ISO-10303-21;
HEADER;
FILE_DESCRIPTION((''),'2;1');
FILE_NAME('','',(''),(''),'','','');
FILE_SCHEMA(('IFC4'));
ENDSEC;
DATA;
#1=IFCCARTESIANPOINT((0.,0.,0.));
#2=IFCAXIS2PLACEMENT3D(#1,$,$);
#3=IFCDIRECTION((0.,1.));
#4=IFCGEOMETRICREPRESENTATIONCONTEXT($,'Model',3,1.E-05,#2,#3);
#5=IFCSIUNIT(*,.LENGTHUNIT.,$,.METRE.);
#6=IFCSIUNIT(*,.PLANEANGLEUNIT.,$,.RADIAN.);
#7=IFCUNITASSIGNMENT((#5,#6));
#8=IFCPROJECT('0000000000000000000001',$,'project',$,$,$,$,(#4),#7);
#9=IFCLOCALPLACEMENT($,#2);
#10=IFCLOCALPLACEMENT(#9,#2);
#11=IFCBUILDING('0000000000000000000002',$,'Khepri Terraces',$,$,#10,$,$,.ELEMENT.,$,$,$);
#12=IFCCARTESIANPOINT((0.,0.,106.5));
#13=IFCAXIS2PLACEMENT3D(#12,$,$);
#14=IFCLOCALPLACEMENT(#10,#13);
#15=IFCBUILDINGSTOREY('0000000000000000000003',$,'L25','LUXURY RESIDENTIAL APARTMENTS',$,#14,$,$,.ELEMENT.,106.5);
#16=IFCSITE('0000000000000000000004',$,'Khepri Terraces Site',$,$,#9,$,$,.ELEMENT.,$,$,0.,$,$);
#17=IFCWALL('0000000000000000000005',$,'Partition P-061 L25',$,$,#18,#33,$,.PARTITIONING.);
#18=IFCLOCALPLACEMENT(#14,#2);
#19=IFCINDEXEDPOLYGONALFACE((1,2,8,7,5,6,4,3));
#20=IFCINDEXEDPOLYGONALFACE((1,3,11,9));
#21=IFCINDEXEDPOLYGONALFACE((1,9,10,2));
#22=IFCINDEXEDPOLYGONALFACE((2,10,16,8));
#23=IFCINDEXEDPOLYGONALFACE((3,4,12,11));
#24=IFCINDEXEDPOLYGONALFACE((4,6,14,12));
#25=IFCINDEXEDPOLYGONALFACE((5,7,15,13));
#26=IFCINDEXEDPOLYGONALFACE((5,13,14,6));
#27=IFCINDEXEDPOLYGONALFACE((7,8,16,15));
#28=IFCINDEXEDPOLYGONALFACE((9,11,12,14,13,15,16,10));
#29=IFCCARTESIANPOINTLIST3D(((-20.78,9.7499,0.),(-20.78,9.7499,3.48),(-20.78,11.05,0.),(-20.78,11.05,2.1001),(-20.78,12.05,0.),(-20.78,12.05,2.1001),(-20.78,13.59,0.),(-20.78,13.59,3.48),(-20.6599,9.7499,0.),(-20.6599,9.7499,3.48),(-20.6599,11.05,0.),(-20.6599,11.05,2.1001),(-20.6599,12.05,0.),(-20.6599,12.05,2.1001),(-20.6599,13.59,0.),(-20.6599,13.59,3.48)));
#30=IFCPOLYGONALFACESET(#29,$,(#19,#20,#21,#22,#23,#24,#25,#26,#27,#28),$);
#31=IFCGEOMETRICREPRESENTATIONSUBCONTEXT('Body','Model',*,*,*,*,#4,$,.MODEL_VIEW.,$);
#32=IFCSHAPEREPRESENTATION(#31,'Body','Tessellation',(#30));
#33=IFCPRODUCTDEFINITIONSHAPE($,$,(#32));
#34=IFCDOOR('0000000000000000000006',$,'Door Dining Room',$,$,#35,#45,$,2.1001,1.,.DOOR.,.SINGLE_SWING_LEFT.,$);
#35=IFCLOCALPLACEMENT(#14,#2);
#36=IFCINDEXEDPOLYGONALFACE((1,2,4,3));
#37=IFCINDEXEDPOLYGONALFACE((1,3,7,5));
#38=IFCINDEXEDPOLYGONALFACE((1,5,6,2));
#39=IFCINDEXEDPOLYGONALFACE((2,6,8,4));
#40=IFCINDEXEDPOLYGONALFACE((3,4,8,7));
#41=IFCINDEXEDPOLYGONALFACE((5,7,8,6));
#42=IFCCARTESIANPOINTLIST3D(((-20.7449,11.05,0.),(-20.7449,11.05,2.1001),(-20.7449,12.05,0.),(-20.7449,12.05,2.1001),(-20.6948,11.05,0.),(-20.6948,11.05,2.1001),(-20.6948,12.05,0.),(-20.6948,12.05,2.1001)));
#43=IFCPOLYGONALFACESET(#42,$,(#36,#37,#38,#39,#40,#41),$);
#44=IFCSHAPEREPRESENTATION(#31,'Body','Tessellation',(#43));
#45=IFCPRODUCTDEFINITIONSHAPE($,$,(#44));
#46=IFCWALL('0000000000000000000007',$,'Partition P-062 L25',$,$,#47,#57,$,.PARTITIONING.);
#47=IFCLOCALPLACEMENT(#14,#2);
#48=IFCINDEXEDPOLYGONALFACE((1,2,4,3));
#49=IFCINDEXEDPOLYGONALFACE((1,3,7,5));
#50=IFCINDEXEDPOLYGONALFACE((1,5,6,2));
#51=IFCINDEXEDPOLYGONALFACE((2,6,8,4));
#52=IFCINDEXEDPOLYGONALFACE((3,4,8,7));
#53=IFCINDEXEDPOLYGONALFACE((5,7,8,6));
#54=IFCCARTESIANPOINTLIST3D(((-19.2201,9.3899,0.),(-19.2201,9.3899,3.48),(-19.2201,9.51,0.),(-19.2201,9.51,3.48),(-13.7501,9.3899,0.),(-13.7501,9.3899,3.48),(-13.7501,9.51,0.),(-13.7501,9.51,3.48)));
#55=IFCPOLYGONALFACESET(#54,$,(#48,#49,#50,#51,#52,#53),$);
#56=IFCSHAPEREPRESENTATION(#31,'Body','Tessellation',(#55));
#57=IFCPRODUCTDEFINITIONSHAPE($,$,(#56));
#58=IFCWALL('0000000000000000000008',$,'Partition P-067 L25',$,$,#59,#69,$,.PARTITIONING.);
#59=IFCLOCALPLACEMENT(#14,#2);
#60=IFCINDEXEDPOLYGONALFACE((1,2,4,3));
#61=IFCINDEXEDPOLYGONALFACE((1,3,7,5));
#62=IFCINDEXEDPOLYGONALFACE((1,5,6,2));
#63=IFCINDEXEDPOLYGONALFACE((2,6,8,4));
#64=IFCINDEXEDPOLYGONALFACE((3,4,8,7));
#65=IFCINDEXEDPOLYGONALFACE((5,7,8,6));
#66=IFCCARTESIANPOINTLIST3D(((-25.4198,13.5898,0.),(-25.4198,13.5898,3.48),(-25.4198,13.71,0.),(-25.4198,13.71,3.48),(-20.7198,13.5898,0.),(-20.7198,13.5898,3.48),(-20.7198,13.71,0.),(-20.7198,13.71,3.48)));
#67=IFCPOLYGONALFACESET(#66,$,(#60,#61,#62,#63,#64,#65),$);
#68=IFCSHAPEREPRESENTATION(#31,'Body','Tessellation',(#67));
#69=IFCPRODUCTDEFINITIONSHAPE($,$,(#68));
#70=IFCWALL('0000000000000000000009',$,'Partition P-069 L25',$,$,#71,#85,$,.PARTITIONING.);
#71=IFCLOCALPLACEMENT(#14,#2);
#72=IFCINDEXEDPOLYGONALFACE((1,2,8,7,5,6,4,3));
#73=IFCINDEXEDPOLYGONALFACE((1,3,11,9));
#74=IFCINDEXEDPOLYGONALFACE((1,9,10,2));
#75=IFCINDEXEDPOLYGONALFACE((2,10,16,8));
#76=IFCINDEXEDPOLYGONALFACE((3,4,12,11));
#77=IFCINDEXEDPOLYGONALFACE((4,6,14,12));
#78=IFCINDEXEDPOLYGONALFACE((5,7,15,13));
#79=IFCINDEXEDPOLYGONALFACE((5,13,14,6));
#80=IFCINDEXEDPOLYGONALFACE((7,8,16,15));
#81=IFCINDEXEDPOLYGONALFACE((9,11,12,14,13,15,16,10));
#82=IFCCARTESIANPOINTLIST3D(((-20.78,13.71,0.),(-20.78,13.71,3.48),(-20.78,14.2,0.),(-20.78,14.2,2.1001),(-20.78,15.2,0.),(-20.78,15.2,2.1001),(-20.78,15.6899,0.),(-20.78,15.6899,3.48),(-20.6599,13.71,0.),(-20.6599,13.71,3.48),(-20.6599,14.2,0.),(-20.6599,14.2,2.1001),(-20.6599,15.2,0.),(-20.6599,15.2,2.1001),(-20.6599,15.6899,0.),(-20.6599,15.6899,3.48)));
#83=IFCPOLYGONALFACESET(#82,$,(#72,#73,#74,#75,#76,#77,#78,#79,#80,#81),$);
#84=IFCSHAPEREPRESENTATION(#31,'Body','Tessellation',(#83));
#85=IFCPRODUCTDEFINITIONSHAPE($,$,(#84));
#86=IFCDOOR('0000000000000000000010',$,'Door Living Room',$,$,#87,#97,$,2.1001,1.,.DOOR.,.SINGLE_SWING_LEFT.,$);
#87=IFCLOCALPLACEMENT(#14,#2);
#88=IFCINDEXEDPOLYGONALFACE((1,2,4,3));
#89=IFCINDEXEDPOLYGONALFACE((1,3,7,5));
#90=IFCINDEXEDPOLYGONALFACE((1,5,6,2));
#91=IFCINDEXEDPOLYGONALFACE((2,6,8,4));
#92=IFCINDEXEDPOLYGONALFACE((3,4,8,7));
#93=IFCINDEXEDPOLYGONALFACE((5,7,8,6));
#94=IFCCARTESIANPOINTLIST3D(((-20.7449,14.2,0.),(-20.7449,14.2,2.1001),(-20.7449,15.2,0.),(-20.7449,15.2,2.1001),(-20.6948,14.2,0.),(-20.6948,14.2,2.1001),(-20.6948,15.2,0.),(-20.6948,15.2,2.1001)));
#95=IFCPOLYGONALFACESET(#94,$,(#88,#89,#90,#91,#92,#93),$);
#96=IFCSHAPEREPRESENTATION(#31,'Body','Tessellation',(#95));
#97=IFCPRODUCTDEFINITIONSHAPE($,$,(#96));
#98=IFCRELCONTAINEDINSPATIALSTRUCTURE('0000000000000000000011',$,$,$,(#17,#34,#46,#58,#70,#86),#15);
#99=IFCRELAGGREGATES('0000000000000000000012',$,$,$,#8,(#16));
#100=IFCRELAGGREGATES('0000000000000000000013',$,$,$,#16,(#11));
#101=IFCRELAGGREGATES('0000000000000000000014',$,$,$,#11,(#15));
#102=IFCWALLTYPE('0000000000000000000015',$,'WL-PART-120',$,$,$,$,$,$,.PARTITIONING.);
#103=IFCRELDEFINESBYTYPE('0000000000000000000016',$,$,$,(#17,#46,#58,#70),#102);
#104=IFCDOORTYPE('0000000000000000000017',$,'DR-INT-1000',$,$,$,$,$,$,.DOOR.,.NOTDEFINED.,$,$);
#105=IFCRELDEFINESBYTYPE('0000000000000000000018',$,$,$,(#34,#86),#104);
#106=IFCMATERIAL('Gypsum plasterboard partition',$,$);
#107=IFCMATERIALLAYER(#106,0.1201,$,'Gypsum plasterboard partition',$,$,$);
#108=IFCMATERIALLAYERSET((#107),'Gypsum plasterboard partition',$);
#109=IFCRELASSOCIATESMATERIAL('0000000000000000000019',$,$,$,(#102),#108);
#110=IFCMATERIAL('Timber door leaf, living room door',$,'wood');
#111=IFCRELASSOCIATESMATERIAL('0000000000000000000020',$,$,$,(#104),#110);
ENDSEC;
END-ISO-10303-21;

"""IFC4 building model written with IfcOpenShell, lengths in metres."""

from ifc_helpers import new_model, si_unit, direction, frame, frame_2d, origin, place, context, subcontext, project, spatial, rectangle, extrude, material, layer, layer_set, type_object, element, fill, save


model = new_model("IFC4")

# Units and contexts
model_context = context("Model", 3, precision=1e-05, world=origin(), true_north=direction((0.0, 1.0)))
body_context = subcontext(model_context, "Body", "Model", "MODEL_VIEW")
ifc_project = project(units=[si_unit("LENGTHUNIT", "METRE"), si_unit("PLANEANGLEUNIT", "RADIAN")], contexts=[model_context])

# Site, building, storey
site_placement = place(None, origin())
site = spatial("IfcSite", under=ifc_project, at=site_placement, Name="Khepri Terraces Site", CompositionType="ELEMENT", RefElevation=0.0)
building_placement = place(site_placement, origin())
building = spatial("IfcBuilding", under=site, at=building_placement, Name="Khepri Terraces", CompositionType="ELEMENT")
storey_placement = place(building_placement, frame((0.0, 0.0, 106.5)))
storey = spatial("IfcBuildingStorey", under=building, at=storey_placement, Name="L25", Description="LUXURY RESIDENTIAL APARTMENTS", CompositionType="ELEMENT", Elevation=106.5)

# Shared definitions
ifc_material_1 = material(Name="Gypsum plasterboard partition")
ifc_layer_1 = layer(ifc_material_1, 0.1201, Name="Gypsum plasterboard partition")
ifc_layer_set_1 = layer_set([ifc_layer_1], Name="Gypsum plasterboard partition")
wall_type_1 = type_object("IfcWallType", Name="WL-PART-120", PredefinedType="PARTITIONING", material=ifc_layer_set_1)

# Wall, opening, door
wall_1_placement = place(storey_placement, frame((-20.72, 9.75, 0.0), z_axis=(0.0, 0.0, 1.0), x_axis=(0.0, 1.0, 0.0)))
wall_1 = element("IfcWall", 1, at=wall_1_placement, inside=storey, type_object=wall_type_1, Name="Partition P-061 L25", PredefinedType="PARTITIONING", context=body_context, shape_type="SweptSolid", body=[
    extrude(rectangle(XDim=3.8401, YDim=0.1201, at=frame_2d((1.9199, 0.0))), origin(), (0.0, 0.0, 1.0), 3.48),
])
opening_1_placement = place(wall_1_placement, frame((1.3, 0.0, 0.0)))
opening_1 = element("IfcOpeningElement", 2, at=opening_1_placement, cuts=wall_1, PredefinedType="OPENING", context=body_context, shape_type="SweptSolid", body=[
    extrude(rectangle(XDim=1.0, YDim=2.1001, at=frame_2d((0.5, 1.05))), frame((0.0, 0.0701, 0.0), z_axis=(0.0, -1.0, 0.0), x_axis=(1.0, 0.0, 0.0)), (0.0, 0.0, 1.0), 0.1401),
])
ifc_material_2 = material(Name="Timber door leaf, living room door", Category="wood")
door_type_1 = type_object("IfcDoorType", Name="DR-INT-1000", OperationType="NOTDEFINED", PredefinedType="DOOR", material=ifc_material_2)
door_1_placement = place(opening_1_placement, origin())
door_1 = element("IfcDoor", 3, at=door_1_placement, inside=storey, type_object=door_type_1, Name="Door Dining Room", OperationType="SINGLE_SWING_LEFT", OverallHeight=2.1001, OverallWidth=1.0, PredefinedType="DOOR", context=body_context, shape_type="SweptSolid", body=[
    extrude(rectangle(XDim=1.0, YDim=2.1001, at=frame_2d((0.5, 1.05))), frame((0.0, 0.0249, 0.0), z_axis=(0.0, -1.0, 0.0), x_axis=(1.0, 0.0, 0.0)), (0.0, 0.0, 1.0), 0.05),
])
fill(opening_1, door_1)

# Walls
wall_2_placement = place(storey_placement, frame((-19.22, 9.45, 0.0), z_axis=(0.0, 0.0, 1.0), x_axis=(1.0, 0.0, 0.0)))
element("IfcWall", 4, at=wall_2_placement, inside=storey, type_object=wall_type_1, Name="Partition P-062 L25", PredefinedType="PARTITIONING", context=body_context, shape_type="SweptSolid", body=[
    extrude(rectangle(XDim=5.47, YDim=0.1201, at=frame_2d((2.7349, 0.0))), origin(), (0.0, 0.0, 1.0), 3.48),
])
wall_3_placement = place(storey_placement, frame((-25.4199, 13.6499, 0.0), z_axis=(0.0, 0.0, 1.0), x_axis=(1.0, 0.0, 0.0)))
element("IfcWall", 5, at=wall_3_placement, inside=storey, type_object=wall_type_1, Name="Partition P-067 L25", PredefinedType="PARTITIONING", context=body_context, shape_type="SweptSolid", body=[
    extrude(rectangle(XDim=4.7, YDim=0.1201, at=frame_2d((2.3501, 0.0))), origin(), (0.0, 0.0, 1.0), 3.48),
])

# Wall, opening, door
wall_4_placement = place(storey_placement, frame((-20.72, 13.71, 0.0), z_axis=(0.0, 0.0, 1.0), x_axis=(0.0, 1.0, 0.0)))
wall_4 = element("IfcWall", 6, at=wall_4_placement, inside=storey, type_object=wall_type_1, Name="Partition P-069 L25", PredefinedType="PARTITIONING", context=body_context, shape_type="SweptSolid", body=[
    extrude(rectangle(XDim=1.98, YDim=0.1201, at=frame_2d((0.99, 0.0))), origin(), (0.0, 0.0, 1.0), 3.48),
])
opening_2_placement = place(wall_4_placement, frame((0.49, 0.0, 0.0)))
opening_2 = element("IfcOpeningElement", 7, at=opening_2_placement, cuts=wall_4, PredefinedType="OPENING", context=body_context, shape_type="SweptSolid", body=[
    extrude(rectangle(XDim=1.0, YDim=2.1001, at=frame_2d((0.5, 1.05))), frame((0.0, 0.0701, 0.0), z_axis=(0.0, -1.0, 0.0), x_axis=(1.0, 0.0, 0.0)), (0.0, 0.0, 1.0), 0.1401),
])
door_2_placement = place(opening_2_placement, origin())
door_2 = element("IfcDoor", 8, at=door_2_placement, inside=storey, type_object=door_type_1, Name="Door Living Room", OperationType="SINGLE_SWING_LEFT", OverallHeight=2.1001, OverallWidth=1.0, PredefinedType="DOOR", context=body_context, shape_type="SweptSolid", body=[
    extrude(rectangle(XDim=1.0, YDim=2.1001, at=frame_2d((0.5, 1.05))), frame((0.0, 0.0249, 0.0), z_axis=(0.0, -1.0, 0.0), x_axis=(1.0, 0.0, 0.0)), (0.0, 0.0, 1.0), 0.05),
])
fill(opening_2, door_2)

save(model, "model.ifc")
